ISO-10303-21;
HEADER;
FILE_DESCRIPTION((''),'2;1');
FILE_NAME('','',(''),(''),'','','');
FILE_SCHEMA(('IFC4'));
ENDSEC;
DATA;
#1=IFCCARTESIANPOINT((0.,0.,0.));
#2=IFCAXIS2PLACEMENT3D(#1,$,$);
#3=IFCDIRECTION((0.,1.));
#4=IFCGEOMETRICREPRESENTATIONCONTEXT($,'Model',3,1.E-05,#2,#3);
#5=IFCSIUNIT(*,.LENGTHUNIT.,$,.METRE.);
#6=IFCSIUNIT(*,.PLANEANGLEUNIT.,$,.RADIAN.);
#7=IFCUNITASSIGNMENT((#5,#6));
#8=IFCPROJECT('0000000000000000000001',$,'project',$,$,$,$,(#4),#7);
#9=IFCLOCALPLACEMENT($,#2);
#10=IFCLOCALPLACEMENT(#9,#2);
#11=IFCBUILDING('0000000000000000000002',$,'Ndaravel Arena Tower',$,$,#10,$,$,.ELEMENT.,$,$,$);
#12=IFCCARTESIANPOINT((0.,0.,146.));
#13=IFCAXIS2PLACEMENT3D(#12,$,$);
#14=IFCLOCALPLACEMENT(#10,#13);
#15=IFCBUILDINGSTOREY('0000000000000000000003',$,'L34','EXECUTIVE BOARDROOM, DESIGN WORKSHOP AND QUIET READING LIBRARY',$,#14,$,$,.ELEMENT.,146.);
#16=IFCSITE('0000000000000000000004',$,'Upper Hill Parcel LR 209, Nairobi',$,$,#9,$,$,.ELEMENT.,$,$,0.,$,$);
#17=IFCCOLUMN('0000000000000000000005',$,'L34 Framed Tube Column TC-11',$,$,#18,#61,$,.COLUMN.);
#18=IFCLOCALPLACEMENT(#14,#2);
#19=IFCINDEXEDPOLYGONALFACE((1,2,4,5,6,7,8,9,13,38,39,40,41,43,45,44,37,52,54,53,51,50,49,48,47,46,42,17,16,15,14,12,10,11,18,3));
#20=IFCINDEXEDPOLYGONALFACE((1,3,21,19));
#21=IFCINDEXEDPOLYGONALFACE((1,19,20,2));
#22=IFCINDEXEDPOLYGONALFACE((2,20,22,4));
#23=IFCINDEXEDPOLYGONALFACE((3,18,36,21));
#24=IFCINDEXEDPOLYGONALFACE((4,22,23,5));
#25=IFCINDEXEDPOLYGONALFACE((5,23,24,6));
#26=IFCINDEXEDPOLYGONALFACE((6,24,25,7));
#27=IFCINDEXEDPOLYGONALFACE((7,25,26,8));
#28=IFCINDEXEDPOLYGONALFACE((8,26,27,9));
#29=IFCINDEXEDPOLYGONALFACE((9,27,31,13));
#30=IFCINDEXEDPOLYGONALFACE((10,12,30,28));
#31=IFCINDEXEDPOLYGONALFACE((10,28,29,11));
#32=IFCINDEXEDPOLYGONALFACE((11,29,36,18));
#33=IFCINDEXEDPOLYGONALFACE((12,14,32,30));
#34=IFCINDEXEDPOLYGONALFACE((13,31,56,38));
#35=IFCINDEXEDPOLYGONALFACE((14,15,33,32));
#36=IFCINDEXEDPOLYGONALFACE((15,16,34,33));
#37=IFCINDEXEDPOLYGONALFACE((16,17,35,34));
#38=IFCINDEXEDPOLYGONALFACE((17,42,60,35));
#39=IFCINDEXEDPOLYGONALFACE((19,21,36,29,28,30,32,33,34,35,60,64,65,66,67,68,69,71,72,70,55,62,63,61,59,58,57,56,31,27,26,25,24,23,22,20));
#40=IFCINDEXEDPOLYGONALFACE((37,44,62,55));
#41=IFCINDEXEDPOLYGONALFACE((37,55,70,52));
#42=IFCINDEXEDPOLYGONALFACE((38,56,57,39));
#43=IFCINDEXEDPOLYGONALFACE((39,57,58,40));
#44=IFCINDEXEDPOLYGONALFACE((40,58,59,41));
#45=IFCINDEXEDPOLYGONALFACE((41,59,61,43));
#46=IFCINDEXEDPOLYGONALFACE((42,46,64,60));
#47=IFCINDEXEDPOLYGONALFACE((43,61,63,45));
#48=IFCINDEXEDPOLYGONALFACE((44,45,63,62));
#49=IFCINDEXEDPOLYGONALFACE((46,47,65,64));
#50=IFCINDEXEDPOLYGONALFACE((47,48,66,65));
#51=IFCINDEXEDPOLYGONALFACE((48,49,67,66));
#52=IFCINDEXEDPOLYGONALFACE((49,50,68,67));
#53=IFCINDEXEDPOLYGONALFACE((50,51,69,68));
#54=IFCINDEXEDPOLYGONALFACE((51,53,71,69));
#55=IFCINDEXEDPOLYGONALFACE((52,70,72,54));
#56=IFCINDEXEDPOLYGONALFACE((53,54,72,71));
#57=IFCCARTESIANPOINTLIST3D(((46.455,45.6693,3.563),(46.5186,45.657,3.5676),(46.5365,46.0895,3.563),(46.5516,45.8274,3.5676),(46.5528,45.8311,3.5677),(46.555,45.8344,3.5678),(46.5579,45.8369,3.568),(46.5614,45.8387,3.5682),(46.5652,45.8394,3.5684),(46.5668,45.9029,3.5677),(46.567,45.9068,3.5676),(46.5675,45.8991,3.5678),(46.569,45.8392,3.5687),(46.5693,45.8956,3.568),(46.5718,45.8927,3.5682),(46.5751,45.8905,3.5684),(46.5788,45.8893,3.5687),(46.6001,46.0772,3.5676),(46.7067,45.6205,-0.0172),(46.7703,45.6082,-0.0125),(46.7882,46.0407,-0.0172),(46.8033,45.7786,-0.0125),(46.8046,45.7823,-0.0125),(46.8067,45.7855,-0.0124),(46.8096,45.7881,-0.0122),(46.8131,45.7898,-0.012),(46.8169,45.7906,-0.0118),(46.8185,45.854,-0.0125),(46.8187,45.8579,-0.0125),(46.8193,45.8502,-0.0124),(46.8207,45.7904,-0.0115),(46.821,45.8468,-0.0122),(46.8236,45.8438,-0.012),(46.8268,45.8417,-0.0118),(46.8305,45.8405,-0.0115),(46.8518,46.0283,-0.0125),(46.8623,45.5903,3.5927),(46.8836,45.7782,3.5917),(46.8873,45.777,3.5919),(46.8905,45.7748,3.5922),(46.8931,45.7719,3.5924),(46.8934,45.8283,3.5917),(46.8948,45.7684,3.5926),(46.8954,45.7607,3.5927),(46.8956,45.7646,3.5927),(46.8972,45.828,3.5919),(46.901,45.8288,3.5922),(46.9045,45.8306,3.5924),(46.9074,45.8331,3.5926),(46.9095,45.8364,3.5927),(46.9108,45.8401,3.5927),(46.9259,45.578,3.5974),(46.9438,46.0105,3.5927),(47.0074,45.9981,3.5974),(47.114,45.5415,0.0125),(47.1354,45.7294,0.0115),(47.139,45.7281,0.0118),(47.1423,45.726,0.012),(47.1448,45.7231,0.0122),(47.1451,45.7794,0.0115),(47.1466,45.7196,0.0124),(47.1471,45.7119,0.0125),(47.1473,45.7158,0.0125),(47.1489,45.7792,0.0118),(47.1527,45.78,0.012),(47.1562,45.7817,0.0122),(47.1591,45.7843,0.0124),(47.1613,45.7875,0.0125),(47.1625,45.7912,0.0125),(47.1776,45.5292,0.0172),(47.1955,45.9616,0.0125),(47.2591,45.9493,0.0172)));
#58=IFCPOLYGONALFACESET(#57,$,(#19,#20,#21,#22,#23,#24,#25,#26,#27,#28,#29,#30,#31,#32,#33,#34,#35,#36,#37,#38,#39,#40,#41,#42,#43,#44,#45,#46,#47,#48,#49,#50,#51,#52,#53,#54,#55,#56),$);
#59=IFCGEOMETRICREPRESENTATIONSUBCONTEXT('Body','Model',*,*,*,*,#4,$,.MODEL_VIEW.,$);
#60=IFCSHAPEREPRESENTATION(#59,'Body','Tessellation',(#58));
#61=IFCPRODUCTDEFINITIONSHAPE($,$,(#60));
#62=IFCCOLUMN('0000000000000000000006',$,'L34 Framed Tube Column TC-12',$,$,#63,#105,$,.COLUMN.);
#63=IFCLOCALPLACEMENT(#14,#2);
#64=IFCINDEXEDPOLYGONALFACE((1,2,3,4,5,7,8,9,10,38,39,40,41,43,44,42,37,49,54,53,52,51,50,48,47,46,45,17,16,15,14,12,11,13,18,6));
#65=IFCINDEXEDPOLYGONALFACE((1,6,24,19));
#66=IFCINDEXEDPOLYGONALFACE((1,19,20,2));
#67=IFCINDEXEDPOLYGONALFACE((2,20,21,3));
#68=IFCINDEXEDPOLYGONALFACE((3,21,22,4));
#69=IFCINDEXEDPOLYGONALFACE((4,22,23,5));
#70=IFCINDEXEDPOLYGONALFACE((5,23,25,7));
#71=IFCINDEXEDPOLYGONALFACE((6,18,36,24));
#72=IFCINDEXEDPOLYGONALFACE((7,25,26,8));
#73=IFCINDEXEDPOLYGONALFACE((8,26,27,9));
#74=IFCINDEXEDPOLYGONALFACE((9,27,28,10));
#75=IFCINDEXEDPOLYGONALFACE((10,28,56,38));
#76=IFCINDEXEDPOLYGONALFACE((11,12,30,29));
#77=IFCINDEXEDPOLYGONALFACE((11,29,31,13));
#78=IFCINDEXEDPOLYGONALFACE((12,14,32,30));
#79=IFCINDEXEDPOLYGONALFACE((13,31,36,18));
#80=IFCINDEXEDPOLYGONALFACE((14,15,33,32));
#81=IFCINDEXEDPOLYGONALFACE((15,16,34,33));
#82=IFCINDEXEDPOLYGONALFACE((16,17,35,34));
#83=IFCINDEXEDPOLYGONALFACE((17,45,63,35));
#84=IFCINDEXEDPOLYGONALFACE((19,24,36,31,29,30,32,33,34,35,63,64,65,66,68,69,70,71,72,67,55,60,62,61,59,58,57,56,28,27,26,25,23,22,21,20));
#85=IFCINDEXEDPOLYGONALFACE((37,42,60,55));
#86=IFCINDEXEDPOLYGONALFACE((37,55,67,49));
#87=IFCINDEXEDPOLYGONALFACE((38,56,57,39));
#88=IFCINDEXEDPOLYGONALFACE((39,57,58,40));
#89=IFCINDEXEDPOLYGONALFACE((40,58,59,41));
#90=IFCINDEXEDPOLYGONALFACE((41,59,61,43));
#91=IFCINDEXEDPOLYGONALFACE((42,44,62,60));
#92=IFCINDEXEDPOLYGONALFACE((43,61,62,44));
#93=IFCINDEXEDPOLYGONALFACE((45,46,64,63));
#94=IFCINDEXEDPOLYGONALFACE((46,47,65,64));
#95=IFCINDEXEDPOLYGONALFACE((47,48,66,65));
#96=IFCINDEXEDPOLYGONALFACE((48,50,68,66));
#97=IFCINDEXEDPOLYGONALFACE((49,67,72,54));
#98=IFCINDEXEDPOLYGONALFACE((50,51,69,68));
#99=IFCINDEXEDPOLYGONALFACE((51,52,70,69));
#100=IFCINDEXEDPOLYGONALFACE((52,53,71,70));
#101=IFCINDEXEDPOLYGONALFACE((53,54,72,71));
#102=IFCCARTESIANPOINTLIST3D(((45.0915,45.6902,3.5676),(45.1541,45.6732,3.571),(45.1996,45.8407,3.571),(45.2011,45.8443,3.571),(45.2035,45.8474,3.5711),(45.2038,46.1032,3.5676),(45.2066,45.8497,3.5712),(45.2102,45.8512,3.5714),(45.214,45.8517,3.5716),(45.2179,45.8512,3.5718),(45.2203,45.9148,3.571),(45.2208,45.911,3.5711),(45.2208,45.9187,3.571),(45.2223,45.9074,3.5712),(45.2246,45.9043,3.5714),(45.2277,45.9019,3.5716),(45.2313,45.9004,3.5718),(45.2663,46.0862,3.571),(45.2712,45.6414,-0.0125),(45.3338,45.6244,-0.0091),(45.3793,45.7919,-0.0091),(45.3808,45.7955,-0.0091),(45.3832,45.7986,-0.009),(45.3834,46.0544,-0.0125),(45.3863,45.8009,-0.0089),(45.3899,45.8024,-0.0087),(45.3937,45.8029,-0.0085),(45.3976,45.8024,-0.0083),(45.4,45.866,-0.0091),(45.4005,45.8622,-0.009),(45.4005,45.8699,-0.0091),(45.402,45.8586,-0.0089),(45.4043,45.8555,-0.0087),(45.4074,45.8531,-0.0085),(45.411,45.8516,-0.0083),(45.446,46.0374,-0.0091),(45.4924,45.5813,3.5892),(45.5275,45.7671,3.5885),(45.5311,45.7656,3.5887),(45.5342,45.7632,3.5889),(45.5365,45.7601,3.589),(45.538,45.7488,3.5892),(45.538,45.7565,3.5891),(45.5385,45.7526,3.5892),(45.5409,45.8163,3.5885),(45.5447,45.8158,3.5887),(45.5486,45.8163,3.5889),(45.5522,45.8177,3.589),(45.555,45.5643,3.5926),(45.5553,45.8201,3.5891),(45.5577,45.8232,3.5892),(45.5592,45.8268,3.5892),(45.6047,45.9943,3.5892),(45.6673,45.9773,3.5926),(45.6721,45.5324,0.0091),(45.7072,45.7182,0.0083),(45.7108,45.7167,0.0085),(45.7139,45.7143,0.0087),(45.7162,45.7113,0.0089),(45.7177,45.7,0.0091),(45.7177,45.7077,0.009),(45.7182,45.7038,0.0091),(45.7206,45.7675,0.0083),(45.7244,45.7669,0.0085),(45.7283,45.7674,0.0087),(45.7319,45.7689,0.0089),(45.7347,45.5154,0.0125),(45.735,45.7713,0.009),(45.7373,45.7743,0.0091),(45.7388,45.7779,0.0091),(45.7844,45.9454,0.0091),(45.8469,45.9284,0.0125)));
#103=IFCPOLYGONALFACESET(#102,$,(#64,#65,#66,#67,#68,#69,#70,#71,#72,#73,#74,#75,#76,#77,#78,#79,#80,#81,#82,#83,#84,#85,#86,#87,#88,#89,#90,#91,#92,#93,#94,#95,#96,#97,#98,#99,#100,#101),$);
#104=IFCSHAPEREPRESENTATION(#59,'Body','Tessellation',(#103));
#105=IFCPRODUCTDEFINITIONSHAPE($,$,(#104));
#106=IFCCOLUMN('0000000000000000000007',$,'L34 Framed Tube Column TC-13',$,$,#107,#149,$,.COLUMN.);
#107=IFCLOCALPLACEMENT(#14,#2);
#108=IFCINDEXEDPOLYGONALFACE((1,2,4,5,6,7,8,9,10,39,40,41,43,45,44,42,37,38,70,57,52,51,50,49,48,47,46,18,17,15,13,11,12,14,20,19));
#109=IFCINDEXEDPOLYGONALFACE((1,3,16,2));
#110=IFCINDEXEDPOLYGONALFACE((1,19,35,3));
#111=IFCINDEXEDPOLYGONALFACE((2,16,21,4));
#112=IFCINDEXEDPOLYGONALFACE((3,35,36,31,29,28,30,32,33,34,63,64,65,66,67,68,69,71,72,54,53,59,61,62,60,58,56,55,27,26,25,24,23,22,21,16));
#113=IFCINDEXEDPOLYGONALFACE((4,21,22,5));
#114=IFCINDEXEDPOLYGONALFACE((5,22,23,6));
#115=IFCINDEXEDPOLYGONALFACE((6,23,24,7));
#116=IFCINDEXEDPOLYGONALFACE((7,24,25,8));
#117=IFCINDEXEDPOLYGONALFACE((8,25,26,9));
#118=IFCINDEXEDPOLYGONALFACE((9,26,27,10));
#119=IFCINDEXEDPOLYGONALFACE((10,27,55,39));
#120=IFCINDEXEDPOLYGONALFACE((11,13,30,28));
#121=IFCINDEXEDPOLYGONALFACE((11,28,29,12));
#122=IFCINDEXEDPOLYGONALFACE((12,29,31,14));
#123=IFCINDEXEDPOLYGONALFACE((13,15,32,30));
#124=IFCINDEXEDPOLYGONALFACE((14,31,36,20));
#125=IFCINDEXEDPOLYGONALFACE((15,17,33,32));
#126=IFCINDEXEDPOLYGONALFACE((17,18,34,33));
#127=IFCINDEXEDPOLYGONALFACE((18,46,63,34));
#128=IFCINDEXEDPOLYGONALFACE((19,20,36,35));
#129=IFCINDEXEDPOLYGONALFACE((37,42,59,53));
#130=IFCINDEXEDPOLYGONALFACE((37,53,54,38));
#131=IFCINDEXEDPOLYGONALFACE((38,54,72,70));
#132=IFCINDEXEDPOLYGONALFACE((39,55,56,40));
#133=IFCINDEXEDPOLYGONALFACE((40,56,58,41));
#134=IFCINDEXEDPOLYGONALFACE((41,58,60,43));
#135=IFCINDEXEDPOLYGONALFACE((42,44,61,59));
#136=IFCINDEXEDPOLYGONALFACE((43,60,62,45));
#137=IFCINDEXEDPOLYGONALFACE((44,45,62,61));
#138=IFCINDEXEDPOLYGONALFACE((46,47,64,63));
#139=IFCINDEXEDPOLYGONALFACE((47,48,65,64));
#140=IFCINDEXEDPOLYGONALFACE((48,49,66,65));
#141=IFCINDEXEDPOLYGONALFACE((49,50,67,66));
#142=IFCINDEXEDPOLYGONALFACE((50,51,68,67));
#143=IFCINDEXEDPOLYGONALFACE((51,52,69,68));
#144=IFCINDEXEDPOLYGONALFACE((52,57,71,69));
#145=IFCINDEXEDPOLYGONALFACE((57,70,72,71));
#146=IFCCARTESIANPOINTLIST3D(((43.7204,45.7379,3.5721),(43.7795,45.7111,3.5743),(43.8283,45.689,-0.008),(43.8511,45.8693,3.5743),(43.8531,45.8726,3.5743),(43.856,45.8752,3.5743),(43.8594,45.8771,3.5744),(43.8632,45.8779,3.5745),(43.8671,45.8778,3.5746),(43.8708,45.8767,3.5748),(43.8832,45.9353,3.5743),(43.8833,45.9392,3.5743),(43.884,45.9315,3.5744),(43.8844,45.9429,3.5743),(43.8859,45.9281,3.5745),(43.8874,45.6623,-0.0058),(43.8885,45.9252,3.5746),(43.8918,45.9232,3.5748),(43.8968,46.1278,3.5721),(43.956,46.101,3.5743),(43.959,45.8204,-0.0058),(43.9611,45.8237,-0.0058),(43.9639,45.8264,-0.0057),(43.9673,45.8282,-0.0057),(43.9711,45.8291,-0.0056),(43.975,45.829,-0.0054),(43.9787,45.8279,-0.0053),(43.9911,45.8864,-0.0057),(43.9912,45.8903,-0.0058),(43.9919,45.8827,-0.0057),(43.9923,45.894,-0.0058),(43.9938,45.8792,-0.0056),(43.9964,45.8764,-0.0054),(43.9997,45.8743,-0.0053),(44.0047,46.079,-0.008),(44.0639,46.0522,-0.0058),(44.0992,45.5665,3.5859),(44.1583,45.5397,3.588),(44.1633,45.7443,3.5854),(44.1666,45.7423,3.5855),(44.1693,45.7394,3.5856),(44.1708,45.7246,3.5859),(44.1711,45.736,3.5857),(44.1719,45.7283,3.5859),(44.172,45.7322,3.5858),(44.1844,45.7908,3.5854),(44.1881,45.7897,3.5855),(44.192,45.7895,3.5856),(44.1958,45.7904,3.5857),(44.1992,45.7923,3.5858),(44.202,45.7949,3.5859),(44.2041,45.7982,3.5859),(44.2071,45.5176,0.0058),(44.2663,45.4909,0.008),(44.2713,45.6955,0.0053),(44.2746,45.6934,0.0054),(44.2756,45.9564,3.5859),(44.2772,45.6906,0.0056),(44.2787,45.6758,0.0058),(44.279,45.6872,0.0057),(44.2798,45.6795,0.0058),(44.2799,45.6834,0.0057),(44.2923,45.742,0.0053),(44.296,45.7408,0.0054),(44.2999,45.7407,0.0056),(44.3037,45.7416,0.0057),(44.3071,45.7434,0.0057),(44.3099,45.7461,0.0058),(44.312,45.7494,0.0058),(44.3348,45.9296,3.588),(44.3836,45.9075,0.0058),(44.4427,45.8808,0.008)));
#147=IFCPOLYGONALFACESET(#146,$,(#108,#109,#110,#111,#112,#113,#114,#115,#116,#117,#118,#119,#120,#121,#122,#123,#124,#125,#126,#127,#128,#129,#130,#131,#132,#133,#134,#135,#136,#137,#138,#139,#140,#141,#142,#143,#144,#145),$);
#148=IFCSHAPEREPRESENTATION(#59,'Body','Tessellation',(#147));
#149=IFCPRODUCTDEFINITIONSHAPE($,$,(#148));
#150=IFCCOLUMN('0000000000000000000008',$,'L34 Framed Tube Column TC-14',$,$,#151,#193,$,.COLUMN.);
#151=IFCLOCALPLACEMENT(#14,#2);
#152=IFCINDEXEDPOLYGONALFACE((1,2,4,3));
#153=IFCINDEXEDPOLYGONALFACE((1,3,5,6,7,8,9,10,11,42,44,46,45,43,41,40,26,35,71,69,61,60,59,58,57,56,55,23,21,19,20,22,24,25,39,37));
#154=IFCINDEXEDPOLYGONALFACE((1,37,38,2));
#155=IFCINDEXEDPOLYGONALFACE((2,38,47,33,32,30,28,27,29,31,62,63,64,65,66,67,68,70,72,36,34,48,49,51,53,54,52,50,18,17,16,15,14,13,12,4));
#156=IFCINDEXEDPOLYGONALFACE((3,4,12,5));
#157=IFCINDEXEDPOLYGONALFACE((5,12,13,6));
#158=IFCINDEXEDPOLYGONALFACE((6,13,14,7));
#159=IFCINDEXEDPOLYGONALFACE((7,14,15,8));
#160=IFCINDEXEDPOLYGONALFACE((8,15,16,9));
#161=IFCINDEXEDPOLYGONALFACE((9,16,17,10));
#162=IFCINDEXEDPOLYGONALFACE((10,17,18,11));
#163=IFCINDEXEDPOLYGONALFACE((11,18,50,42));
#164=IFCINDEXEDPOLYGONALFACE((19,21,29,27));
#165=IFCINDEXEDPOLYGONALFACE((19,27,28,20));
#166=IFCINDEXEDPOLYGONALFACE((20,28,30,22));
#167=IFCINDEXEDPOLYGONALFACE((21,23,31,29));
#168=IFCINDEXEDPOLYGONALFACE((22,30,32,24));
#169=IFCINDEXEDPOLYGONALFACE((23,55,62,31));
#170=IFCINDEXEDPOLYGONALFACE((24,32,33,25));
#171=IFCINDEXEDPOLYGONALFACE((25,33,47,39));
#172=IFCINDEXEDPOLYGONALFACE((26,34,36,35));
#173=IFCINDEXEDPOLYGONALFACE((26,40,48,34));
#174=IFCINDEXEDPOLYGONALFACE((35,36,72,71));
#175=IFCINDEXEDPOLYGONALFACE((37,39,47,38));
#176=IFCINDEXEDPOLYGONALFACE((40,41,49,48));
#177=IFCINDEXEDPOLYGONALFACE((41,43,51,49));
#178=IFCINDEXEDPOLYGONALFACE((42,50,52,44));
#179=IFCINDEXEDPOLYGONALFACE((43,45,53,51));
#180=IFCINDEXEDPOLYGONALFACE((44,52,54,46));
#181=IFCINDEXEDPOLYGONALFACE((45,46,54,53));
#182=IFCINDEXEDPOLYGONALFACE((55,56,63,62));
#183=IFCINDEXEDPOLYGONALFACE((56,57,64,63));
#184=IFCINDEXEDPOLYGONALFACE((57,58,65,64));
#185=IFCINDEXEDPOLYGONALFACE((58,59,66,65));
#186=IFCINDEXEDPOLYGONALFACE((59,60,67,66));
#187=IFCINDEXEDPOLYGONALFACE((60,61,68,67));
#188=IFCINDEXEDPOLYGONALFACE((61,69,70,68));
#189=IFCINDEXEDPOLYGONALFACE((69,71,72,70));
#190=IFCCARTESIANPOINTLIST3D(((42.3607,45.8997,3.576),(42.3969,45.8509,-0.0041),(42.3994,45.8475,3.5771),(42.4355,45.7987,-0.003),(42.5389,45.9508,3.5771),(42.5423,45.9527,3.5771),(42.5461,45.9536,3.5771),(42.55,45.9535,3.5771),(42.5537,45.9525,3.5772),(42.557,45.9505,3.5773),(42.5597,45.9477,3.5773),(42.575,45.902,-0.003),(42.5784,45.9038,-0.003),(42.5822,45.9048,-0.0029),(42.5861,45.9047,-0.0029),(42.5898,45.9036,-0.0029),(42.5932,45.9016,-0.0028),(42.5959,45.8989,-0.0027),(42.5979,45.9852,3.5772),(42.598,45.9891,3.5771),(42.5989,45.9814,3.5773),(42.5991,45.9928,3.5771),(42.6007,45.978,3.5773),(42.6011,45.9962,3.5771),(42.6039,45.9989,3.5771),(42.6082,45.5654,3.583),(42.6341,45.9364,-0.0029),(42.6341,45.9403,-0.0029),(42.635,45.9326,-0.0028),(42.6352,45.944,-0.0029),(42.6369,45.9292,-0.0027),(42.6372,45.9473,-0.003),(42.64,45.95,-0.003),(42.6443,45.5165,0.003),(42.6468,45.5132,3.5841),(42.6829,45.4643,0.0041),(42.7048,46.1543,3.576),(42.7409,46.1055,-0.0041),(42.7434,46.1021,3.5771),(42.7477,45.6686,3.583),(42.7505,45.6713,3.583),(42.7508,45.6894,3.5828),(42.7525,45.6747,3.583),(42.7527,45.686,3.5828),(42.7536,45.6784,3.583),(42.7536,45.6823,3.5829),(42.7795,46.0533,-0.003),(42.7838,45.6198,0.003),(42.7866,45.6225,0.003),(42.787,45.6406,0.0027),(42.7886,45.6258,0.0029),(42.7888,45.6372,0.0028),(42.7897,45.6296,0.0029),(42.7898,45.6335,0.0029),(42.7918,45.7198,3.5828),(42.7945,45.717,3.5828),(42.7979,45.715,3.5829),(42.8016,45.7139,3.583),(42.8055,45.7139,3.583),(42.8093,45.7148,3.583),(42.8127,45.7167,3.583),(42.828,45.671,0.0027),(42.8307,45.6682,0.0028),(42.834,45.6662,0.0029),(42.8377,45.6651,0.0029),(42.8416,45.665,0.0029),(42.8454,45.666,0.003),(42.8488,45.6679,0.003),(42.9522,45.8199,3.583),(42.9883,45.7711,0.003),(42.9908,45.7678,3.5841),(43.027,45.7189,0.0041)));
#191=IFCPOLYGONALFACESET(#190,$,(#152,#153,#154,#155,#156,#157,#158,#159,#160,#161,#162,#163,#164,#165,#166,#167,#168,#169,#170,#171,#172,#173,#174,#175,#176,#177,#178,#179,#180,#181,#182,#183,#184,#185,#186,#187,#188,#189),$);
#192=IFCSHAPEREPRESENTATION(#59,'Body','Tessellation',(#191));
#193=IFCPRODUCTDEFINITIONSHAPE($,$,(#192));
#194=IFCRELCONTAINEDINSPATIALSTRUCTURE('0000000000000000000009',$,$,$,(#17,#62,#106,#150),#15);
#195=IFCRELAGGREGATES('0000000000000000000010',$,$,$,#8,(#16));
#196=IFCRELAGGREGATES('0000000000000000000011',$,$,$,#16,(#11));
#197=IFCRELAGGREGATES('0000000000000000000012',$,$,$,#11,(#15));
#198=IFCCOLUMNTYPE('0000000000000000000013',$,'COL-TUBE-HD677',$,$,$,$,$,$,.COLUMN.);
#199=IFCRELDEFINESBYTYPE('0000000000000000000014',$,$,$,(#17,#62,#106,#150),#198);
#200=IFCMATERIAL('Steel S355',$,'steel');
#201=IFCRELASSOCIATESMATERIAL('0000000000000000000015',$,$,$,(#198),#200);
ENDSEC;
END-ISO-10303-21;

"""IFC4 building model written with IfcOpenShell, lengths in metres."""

from ifc_helpers import new_model, si_unit, direction, frame, origin, origin_2d, place, context, subcontext, project, spatial, i_section, extrude, material, material_profile, profile_set, type_object, element, save


model = new_model("IFC4")

# Units and contexts
model_context = context("Model", 3, precision=1e-05, world=origin(), true_north=direction((0.0, 1.0)))
body_context = subcontext(model_context, "Body", "Model", "MODEL_VIEW")
ifc_project = project(units=[si_unit("LENGTHUNIT", "METRE"), si_unit("PLANEANGLEUNIT", "RADIAN")], contexts=[model_context])

# Site, building, storey
site_placement = place(None, origin())
site = spatial("IfcSite", under=ifc_project, at=site_placement, Name="Upper Hill Parcel LR 209, Nairobi", CompositionType="ELEMENT", RefElevation=0.0)
building_placement = place(site_placement, origin())
building = spatial("IfcBuilding", under=site, at=building_placement, Name="Ndaravel Arena Tower", CompositionType="ELEMENT")
storey_placement = place(building_placement, frame((0.0, 0.0, 146.0)))
storey = spatial("IfcBuildingStorey", under=building, at=storey_placement, Name="L34", Description="EXECUTIVE BOARDROOM, DESIGN WORKSHOP AND QUIET READING LIBRARY", CompositionType="ELEMENT", Elevation=146.0)

# Columns
ifc_material_1 = material(Name="Steel S355", Category="steel")
ifc_material_profile_1 = material_profile(ifc_material_1, i_section(OverallWidth=0.428, OverallDepth=0.481, WebThickness=0.051, FlangeThickness=0.0649, FilletRadius=0.0149, at=origin_2d()), Name="HD 400x677")
ifc_profile_set_1 = profile_set([ifc_material_profile_1], Name="Steel S355")
column_type = type_object("IfcColumnType", Name="COL-TUBE-HD677", PredefinedType="COLUMN", material=ifc_profile_set_1)
column_1_placement = place(storey_placement, frame((46.9829, 45.7849, 0.0), z_axis=(-0.070129, 0.013604, 0.997445), x_axis=(-0.190436, -0.9817, 0.0)))
element("IfcColumn", 1, at=column_1_placement, inside=storey, type_object=column_type, Name="L34 Framed Tube Column TC-11", PredefinedType="COLUMN", context=body_context, shape_type="SweptSolid", body=[
    extrude(i_section(OverallWidth=0.428, OverallDepth=0.481, WebThickness=0.051, FlangeThickness=0.0649, FilletRadius=0.0149, at=origin_2d()), origin(), (0.0, 0.0, 1.0), 3.5894),
])
column_2_placement = place(storey_placement, frame((45.5591, 45.7849, 0.0), z_axis=(-0.050123, 0.01362, 0.99865), x_axis=(-0.26223, -0.965005, 0.0)))
element("IfcColumn", 2, at=column_2_placement, inside=storey, type_object=column_type, Name="L34 Framed Tube Column TC-12", PredefinedType="COLUMN", context=body_context, shape_type="SweptSolid", body=[
    extrude(i_section(OverallWidth=0.428, OverallDepth=0.481, WebThickness=0.051, FlangeThickness=0.0649, FilletRadius=0.0149, at=origin_2d()), origin(), (0.0, 0.0, 1.0), 3.585),
])
column_3_placement = place(storey_placement, frame((44.1355, 45.7849, 0.0), z_axis=(-0.030125, 0.013631, 0.999453), x_axis=(-0.412249, -0.911071, 0.0)))
element("IfcColumn", 3, at=column_3_placement, inside=storey, type_object=column_type, Name="L34 Framed Tube Column TC-13", PredefinedType="COLUMN", context=body_context, shape_type="SweptSolid", body=[
    extrude(i_section(OverallWidth=0.428, OverallDepth=0.481, WebThickness=0.051, FlangeThickness=0.0649, FilletRadius=0.0149, at=origin_2d()), origin(), (0.0, 0.0, 1.0), 3.582),
])
column_4_placement = place(storey_placement, frame((42.7119, 45.7849, 0.0), z_axis=(-0.010091, 0.013637, 0.999856), x_axis=(-0.803842, -0.594843, 0.0)))
element("IfcColumn", 4, at=column_4_placement, inside=storey, type_object=column_type, Name="L34 Framed Tube Column TC-14", PredefinedType="COLUMN", context=body_context, shape_type="SweptSolid", body=[
    extrude(i_section(OverallWidth=0.428, OverallDepth=0.481, WebThickness=0.051, FlangeThickness=0.0649, FilletRadius=0.0149, at=origin_2d()), origin(), (0.0, 0.0, 1.0), 3.5806),
])

save(model, "model.ifc")
